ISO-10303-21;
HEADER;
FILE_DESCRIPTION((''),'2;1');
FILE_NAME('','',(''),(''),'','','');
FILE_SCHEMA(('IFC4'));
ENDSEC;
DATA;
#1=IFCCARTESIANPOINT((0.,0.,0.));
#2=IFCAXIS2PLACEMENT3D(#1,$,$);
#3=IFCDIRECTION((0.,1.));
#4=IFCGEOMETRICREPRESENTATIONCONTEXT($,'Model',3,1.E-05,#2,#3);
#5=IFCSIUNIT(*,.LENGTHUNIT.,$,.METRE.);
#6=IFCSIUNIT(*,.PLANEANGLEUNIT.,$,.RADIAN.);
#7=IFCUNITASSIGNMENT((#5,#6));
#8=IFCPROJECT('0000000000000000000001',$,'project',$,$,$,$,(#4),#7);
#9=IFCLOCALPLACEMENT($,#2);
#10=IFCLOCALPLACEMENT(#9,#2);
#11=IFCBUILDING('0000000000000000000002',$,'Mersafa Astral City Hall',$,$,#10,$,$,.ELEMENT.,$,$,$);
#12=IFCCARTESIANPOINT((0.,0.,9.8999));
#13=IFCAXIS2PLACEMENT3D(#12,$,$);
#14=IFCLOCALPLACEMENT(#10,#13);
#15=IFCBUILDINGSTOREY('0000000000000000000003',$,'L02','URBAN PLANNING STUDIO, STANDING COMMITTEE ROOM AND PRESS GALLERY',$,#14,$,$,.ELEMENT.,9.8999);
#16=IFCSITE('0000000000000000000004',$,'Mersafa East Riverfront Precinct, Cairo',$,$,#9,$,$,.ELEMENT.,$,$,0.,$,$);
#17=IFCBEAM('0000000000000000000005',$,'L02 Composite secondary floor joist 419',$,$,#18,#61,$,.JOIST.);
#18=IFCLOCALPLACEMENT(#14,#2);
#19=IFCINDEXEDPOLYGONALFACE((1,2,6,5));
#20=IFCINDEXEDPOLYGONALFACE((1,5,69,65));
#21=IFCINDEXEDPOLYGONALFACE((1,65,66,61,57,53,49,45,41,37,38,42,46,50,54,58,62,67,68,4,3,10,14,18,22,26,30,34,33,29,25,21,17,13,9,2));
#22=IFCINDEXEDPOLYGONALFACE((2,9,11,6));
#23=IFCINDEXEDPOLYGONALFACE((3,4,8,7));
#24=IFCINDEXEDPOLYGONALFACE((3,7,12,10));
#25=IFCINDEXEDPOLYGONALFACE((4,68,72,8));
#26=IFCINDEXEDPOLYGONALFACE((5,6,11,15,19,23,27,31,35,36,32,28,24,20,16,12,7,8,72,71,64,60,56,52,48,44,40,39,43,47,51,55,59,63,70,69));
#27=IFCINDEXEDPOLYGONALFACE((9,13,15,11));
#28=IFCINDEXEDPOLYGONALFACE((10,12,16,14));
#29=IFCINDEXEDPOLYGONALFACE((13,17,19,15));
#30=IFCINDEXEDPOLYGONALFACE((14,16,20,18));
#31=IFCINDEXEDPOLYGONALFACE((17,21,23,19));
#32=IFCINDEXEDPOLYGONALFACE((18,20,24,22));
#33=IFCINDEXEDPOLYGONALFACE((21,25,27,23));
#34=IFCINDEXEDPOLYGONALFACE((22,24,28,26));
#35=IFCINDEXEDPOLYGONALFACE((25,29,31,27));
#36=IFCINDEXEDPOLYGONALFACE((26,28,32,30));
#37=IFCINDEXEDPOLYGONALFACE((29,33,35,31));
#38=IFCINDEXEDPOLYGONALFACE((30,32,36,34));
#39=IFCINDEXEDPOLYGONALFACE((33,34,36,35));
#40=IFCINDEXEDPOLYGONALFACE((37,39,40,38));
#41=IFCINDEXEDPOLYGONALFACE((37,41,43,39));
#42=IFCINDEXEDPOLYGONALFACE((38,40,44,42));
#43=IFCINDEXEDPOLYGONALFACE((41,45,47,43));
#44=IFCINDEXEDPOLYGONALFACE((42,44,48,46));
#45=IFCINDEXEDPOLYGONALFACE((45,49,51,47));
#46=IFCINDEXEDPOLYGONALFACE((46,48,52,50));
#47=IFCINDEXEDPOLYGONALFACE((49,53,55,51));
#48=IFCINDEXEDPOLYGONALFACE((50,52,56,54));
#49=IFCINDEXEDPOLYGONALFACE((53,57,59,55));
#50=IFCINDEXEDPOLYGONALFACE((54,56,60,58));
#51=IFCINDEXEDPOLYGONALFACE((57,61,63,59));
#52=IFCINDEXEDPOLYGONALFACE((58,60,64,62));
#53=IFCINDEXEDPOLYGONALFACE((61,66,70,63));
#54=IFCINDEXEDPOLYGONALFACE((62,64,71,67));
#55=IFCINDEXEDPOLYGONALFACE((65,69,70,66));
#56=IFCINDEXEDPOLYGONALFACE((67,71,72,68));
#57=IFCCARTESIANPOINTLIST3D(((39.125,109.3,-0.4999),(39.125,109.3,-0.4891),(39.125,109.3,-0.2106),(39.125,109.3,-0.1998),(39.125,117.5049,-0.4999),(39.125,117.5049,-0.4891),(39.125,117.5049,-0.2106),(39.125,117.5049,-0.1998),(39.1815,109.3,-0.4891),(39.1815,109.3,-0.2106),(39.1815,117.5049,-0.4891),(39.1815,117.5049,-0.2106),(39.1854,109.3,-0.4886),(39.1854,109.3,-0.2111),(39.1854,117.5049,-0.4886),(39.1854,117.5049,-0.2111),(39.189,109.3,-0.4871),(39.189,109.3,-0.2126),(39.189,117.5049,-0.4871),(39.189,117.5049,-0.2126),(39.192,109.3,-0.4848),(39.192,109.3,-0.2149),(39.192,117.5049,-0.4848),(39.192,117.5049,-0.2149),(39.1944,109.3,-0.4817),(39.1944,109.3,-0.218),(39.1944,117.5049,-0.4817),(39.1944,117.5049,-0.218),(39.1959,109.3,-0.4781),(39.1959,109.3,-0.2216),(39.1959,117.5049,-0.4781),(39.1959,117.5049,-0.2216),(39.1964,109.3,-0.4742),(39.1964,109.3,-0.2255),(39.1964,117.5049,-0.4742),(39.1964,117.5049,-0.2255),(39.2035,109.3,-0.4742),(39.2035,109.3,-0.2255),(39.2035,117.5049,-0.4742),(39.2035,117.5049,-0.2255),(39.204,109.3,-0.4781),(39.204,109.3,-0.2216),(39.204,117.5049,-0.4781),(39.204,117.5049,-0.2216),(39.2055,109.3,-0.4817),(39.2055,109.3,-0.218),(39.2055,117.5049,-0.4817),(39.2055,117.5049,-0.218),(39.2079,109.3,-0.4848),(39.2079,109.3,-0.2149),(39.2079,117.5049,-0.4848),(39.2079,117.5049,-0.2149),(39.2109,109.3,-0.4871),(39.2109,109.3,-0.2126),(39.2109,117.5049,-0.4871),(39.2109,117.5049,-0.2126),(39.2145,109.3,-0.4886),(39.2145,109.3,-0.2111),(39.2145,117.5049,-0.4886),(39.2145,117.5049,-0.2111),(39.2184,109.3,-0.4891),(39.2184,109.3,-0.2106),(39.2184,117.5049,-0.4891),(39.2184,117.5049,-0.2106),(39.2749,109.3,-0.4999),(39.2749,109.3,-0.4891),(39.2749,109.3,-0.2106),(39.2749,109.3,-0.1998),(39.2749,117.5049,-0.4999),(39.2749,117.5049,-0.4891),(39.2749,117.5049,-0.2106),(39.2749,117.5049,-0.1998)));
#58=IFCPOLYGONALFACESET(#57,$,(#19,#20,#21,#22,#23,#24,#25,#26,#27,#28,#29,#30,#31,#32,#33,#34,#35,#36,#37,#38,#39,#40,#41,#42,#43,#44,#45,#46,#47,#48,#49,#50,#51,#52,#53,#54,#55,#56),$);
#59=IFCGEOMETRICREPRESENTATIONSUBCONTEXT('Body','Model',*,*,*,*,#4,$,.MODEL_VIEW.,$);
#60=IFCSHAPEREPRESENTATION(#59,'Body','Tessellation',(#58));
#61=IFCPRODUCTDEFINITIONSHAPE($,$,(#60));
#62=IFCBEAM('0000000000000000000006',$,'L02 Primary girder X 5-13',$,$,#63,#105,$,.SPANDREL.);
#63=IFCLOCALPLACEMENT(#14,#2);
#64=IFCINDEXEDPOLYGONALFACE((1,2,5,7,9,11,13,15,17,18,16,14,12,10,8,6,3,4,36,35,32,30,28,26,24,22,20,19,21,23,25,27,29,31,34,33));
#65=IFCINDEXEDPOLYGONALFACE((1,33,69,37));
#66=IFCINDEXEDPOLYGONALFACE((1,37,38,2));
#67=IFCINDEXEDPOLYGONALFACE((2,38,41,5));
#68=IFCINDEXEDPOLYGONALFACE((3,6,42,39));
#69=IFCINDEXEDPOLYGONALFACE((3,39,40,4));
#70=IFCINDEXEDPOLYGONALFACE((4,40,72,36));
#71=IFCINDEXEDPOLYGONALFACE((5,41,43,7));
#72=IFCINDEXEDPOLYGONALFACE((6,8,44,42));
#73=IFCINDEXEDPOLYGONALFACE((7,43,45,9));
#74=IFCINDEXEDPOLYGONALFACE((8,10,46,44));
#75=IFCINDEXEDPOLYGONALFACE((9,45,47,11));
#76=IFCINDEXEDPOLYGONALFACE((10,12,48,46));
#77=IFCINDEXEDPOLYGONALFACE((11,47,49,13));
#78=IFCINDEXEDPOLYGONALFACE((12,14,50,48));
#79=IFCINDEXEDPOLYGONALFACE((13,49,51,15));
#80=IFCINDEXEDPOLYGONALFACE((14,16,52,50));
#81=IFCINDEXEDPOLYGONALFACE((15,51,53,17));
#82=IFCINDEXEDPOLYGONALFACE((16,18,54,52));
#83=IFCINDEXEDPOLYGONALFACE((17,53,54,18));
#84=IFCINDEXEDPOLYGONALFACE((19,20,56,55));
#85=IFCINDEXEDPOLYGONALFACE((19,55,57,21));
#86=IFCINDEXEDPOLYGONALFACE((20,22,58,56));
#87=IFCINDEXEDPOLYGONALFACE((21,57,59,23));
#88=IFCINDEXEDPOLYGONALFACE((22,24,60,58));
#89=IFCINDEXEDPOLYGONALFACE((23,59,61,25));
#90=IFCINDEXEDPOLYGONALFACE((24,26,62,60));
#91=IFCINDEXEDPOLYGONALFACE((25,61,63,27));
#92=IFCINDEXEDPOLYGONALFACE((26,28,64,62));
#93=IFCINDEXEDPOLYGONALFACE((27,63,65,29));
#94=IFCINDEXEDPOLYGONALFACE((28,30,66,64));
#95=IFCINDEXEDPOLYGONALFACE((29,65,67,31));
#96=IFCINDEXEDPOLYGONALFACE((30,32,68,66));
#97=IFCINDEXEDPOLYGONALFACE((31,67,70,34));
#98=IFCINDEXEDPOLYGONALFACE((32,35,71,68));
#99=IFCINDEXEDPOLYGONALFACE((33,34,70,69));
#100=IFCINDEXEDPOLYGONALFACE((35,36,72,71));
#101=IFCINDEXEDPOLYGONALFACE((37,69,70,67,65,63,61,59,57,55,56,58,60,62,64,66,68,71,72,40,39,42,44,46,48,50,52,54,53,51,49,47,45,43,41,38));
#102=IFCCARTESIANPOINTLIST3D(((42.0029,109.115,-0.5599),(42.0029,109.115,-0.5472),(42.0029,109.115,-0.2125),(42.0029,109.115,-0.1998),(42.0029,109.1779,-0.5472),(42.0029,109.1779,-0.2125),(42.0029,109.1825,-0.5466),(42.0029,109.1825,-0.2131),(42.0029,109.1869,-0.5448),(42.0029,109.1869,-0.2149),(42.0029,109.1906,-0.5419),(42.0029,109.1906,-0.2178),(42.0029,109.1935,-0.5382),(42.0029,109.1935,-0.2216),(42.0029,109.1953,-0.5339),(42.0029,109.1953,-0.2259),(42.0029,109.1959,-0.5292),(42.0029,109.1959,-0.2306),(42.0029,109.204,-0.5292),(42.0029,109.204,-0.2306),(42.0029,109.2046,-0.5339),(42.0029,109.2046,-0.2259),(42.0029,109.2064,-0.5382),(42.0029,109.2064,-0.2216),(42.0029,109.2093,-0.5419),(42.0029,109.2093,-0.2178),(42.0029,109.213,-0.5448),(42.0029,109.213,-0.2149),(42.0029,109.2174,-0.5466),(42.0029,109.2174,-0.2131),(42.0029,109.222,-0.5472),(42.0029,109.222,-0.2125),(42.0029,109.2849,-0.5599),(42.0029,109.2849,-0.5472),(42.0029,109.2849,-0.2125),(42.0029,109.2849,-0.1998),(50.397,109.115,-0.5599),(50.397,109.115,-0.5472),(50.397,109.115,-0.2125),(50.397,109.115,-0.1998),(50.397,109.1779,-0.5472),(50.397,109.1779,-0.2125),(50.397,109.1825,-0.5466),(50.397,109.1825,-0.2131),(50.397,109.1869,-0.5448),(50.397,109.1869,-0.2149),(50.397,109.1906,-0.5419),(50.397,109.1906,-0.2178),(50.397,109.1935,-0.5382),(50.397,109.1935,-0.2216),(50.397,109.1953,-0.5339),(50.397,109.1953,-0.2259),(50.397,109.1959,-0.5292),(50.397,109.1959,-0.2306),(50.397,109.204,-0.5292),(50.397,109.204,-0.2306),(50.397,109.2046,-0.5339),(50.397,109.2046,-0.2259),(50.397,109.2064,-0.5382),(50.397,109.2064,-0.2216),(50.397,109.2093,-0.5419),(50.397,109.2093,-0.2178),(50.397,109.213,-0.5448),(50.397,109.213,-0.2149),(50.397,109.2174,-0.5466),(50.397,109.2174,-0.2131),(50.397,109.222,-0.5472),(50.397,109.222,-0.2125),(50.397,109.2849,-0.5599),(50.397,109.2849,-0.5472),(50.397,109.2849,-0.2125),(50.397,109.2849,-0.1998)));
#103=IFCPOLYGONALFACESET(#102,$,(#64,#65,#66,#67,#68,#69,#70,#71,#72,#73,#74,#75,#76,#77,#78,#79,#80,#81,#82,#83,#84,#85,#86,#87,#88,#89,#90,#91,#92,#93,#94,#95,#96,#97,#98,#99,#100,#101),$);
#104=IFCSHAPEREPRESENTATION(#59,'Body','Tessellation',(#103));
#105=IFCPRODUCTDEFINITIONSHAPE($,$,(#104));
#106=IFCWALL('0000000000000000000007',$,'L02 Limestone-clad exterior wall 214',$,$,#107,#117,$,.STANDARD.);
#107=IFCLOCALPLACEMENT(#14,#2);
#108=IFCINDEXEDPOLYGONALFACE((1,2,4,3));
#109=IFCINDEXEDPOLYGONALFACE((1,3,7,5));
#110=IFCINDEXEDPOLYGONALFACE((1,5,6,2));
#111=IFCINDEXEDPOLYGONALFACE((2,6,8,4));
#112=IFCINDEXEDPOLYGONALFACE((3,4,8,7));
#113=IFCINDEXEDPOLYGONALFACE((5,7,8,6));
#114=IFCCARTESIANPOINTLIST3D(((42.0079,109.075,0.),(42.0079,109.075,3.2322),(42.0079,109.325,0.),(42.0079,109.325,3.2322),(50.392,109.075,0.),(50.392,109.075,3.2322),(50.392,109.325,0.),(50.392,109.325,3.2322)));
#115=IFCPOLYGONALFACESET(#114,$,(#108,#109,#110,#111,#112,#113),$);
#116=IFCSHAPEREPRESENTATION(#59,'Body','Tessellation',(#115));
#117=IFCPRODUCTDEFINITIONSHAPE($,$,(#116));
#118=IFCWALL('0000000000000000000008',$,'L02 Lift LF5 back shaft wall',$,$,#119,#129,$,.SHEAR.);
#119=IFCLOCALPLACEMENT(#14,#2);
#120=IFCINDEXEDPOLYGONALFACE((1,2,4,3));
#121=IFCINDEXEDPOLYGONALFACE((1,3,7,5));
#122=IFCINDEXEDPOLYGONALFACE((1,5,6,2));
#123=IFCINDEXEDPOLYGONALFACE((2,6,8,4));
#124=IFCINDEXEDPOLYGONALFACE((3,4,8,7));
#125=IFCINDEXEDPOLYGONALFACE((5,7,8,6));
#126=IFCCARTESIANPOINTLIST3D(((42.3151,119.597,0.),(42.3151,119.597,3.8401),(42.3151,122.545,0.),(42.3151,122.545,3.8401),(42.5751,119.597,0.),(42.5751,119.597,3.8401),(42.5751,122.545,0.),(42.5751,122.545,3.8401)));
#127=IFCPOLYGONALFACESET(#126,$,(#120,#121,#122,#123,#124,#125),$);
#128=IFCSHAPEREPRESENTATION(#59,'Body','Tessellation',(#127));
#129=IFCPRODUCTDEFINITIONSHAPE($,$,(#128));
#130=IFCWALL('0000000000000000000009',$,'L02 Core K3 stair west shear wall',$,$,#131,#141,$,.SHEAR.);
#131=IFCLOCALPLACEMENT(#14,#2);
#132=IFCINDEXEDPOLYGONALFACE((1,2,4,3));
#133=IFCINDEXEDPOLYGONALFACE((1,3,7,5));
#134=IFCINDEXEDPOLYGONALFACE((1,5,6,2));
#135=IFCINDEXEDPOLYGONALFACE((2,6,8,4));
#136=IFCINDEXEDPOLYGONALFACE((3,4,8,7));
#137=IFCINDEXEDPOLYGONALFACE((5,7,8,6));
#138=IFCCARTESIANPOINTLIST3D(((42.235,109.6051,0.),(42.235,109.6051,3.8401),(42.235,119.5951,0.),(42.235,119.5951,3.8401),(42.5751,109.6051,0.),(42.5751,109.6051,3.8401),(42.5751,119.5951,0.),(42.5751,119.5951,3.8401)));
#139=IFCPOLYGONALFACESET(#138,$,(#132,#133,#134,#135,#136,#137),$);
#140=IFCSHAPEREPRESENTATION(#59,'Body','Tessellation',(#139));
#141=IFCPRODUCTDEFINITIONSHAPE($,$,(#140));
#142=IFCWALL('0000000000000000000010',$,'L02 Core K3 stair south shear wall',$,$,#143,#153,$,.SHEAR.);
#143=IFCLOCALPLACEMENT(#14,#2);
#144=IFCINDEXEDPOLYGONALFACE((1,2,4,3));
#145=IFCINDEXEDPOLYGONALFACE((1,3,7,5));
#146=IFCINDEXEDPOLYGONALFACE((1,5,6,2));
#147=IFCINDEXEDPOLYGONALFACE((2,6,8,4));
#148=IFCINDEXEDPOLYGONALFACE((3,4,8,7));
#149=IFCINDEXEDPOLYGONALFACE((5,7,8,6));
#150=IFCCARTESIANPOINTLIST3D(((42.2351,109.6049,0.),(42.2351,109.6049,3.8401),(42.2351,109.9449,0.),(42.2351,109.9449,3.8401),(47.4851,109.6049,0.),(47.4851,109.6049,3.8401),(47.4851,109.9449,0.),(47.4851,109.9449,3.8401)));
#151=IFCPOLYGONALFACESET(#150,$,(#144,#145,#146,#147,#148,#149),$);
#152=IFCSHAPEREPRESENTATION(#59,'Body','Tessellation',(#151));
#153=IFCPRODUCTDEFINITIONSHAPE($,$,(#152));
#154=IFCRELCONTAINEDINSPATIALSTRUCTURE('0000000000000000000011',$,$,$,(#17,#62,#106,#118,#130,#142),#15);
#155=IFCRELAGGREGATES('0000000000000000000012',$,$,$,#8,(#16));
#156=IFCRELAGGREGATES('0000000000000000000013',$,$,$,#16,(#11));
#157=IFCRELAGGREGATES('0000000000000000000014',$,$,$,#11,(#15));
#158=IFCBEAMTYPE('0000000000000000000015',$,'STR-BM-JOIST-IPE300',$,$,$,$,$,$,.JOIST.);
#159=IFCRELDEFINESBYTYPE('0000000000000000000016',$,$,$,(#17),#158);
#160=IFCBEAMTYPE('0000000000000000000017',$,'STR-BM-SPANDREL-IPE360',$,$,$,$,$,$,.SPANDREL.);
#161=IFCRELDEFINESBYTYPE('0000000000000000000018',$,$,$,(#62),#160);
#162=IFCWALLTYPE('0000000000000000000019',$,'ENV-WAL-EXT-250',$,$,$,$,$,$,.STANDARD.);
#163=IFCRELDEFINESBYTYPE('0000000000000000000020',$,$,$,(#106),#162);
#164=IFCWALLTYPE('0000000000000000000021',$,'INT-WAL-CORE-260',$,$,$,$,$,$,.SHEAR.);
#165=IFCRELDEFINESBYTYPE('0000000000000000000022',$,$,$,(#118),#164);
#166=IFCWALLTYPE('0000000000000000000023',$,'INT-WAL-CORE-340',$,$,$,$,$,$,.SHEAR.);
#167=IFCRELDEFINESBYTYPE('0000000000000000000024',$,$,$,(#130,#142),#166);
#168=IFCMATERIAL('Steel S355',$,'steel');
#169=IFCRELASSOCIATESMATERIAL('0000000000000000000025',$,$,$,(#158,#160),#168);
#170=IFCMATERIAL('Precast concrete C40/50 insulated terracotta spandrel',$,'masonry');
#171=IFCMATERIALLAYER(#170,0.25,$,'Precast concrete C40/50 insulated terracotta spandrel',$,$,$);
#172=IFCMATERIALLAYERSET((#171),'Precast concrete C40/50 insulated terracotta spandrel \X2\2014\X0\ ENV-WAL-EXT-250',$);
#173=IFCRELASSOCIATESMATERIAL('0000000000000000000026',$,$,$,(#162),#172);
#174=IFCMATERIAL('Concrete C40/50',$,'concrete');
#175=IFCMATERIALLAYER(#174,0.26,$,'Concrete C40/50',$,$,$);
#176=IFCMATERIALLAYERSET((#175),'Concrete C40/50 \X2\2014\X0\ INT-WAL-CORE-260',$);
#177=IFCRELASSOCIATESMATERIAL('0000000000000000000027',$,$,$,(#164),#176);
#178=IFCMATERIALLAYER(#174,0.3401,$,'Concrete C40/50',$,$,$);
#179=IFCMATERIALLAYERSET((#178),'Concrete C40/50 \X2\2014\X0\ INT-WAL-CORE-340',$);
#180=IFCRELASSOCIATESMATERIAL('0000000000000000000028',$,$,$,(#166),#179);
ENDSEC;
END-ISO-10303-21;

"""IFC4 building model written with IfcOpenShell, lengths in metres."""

from ifc_helpers import new_model, si_unit, direction, frame, frame_2d, origin, origin_2d, place, context, subcontext, project, spatial, rectangle, i_section, extrude, material, layer, layer_set, material_profile, profile_set, type_object, element, save


model = new_model("IFC4")

# Units and contexts
model_context = context("Model", 3, precision=1e-05, world=origin(), true_north=direction((0.0, 1.0)))
body_context = subcontext(model_context, "Body", "Model", "MODEL_VIEW")
ifc_project = project(units=[si_unit("LENGTHUNIT", "METRE"), si_unit("PLANEANGLEUNIT", "RADIAN")], contexts=[model_context])

# Site, building, storey
site_placement = place(None, origin())
site = spatial("IfcSite", under=ifc_project, at=site_placement, Name="Mersafa East Riverfront Precinct, Cairo", CompositionType="ELEMENT", RefElevation=0.0)
building_placement = place(site_placement, origin())
building = spatial("IfcBuilding", under=site, at=building_placement, Name="Mersafa Astral City Hall", CompositionType="ELEMENT")
storey_placement = place(building_placement, frame((0.0, 0.0, 9.8999)))
storey = spatial("IfcBuildingStorey", under=building, at=storey_placement, Name="L02", Description="URBAN PLANNING STUDIO, STANDING COMMITTEE ROOM AND PRESS GALLERY", CompositionType="ELEMENT", Elevation=9.8999)

# Shared definitions
ifc_material_1 = material(Name="Steel S355", Category="steel")

# Beams
ifc_material_profile_1 = material_profile(ifc_material_1, i_section(OverallWidth=0.1499, OverallDepth=0.3, WebThickness=0.0071, FlangeThickness=0.0107, FilletRadius=0.0149, at=origin_2d()), Name="IPE 300")
ifc_profile_set_1 = profile_set([ifc_material_profile_1], Name="Steel S355")
beam_type_1 = type_object("IfcBeamType", Name="STR-BM-JOIST-IPE300", PredefinedType="JOIST", material=ifc_profile_set_1)
for number, where, z_axis, x_axis, name in (
    (1, (39.2, 109.3, -0.3499), (0.0, 1.0, 0.0), (-1.0, 0.0, 0.0), "L02 Composite secondary floor joist 419"),
):
    element("IfcBeam", number, at=place(storey_placement, frame(where, z_axis=z_axis, x_axis=x_axis)), inside=storey, type_object=beam_type_1, Name=name, PredefinedType="JOIST", context=body_context, shape_type="SweptSolid", body=[
        extrude(i_section(OverallWidth=0.1499, OverallDepth=0.3, WebThickness=0.0071, FlangeThickness=0.0107, FilletRadius=0.0149, at=origin_2d()), origin(), (0.0, 0.0, 1.0), 8.2048),
    ])
ifc_material_profile_2 = material_profile(ifc_material_1, i_section(OverallWidth=0.1699, OverallDepth=0.3601, WebThickness=0.0081, FlangeThickness=0.0127, FilletRadius=0.0181, at=origin_2d()), Name="IPE 360")
ifc_profile_set_2 = profile_set([ifc_material_profile_2], Name="Steel S355")
beam_type_2 = type_object("IfcBeamType", Name="STR-BM-SPANDREL-IPE360", PredefinedType="SPANDREL", material=ifc_profile_set_2)
beam_1_placement = place(storey_placement, frame((42.0029, 109.2, -0.3799), z_axis=(1.0, 0.0, 0.0), x_axis=(0.0, 1.0, 0.0)))
element("IfcBeam", 2, at=beam_1_placement, inside=storey, type_object=beam_type_2, Name="L02 Primary girder X 5-13", PredefinedType="SPANDREL", context=body_context, shape_type="SweptSolid", body=[
    extrude(i_section(OverallWidth=0.1699, OverallDepth=0.3601, WebThickness=0.0081, FlangeThickness=0.0127, FilletRadius=0.0181, at=origin_2d()), origin(), (0.0, 0.0, 1.0), 8.394),
])

# Walls
ifc_material_2 = material(Name="Precast concrete C40/50 insulated terracotta spandrel", Category="masonry")
ifc_layer_1 = layer(ifc_material_2, 0.25, Name="Precast concrete C40/50 insulated terracotta spandrel")
ifc_layer_set_1 = layer_set([ifc_layer_1], Name="Precast concrete C40/50 insulated terracotta spandrel — ENV-WAL-EXT-250")
wall_type_1 = type_object("IfcWallType", Name="ENV-WAL-EXT-250", PredefinedType="STANDARD", material=ifc_layer_set_1)
wall_1_placement = place(storey_placement, frame((42.0081, 109.2, 0.0), z_axis=(0.0, 0.0, 1.0), x_axis=(1.0, 0.0, 0.0)))
element("IfcWall", 3, at=wall_1_placement, inside=storey, type_object=wall_type_1, Name="L02 Limestone-clad exterior wall 214", PredefinedType="STANDARD", context=body_context, shape_type="SweptSolid", body=[
    extrude(rectangle(XDim=8.384, YDim=0.25, at=frame_2d((4.1919, 0.0))), origin(), (0.0, 0.0, 1.0), 3.2322),
])
ifc_material_3 = material(Name="Concrete C40/50", Category="concrete")
ifc_layer_2 = layer(ifc_material_3, 0.26, Name="Concrete C40/50")
ifc_layer_set_2 = layer_set([ifc_layer_2], Name="Concrete C40/50 — INT-WAL-CORE-260")
wall_type_2 = type_object("IfcWallType", Name="INT-WAL-CORE-260", PredefinedType="SHEAR", material=ifc_layer_set_2)
wall_2_placement = place(storey_placement, frame((42.4451, 119.5969, 0.0), z_axis=(0.0, 0.0, 1.0), x_axis=(0.0, 1.0, 0.0)))
element("IfcWall", 4, at=wall_2_placement, inside=storey, type_object=wall_type_2, Name="L02 Lift LF5 back shaft wall", PredefinedType="SHEAR", context=body_context, shape_type="SweptSolid", body=[
    extrude(rectangle(XDim=2.948, YDim=0.26, at=frame_2d((1.4741, 0.0))), origin(), (0.0, 0.0, 1.0), 3.8401),
])

# Walls
ifc_layer_3 = layer(ifc_material_3, 0.3401, Name="Concrete C40/50")
ifc_layer_set_3 = layer_set([ifc_layer_3], Name="Concrete C40/50 — INT-WAL-CORE-340")
wall_type_3 = type_object("IfcWallType", Name="INT-WAL-CORE-340", PredefinedType="SHEAR", material=ifc_layer_set_3)
wall_3_placement = place(storey_placement, frame((42.405, 109.605, 0.0), z_axis=(0.0, 0.0, 1.0), x_axis=(0.0, 1.0, 0.0)))
element("IfcWall", 5, at=wall_3_placement, inside=storey, type_object=wall_type_3, Name="L02 Core K3 stair west shear wall", PredefinedType="SHEAR", context=body_context, shape_type="SweptSolid", body=[
    extrude(rectangle(XDim=9.99, YDim=0.3401, at=frame_2d((4.9951, 0.0))), origin(), (0.0, 0.0, 1.0), 3.8401),
])
wall_4_placement = place(storey_placement, frame((42.2351, 109.7749, 0.0), z_axis=(0.0, 0.0, 1.0), x_axis=(1.0, 0.0, 0.0)))
element("IfcWall", 6, at=wall_4_placement, inside=storey, type_object=wall_type_3, Name="L02 Core K3 stair south shear wall", PredefinedType="SHEAR", context=body_context, shape_type="SweptSolid", body=[
    extrude(rectangle(XDim=5.25, YDim=0.3401, at=frame_2d((2.625, 0.0))), origin(), (0.0, 0.0, 1.0), 3.8401),
])

save(model, "model.ifc")
